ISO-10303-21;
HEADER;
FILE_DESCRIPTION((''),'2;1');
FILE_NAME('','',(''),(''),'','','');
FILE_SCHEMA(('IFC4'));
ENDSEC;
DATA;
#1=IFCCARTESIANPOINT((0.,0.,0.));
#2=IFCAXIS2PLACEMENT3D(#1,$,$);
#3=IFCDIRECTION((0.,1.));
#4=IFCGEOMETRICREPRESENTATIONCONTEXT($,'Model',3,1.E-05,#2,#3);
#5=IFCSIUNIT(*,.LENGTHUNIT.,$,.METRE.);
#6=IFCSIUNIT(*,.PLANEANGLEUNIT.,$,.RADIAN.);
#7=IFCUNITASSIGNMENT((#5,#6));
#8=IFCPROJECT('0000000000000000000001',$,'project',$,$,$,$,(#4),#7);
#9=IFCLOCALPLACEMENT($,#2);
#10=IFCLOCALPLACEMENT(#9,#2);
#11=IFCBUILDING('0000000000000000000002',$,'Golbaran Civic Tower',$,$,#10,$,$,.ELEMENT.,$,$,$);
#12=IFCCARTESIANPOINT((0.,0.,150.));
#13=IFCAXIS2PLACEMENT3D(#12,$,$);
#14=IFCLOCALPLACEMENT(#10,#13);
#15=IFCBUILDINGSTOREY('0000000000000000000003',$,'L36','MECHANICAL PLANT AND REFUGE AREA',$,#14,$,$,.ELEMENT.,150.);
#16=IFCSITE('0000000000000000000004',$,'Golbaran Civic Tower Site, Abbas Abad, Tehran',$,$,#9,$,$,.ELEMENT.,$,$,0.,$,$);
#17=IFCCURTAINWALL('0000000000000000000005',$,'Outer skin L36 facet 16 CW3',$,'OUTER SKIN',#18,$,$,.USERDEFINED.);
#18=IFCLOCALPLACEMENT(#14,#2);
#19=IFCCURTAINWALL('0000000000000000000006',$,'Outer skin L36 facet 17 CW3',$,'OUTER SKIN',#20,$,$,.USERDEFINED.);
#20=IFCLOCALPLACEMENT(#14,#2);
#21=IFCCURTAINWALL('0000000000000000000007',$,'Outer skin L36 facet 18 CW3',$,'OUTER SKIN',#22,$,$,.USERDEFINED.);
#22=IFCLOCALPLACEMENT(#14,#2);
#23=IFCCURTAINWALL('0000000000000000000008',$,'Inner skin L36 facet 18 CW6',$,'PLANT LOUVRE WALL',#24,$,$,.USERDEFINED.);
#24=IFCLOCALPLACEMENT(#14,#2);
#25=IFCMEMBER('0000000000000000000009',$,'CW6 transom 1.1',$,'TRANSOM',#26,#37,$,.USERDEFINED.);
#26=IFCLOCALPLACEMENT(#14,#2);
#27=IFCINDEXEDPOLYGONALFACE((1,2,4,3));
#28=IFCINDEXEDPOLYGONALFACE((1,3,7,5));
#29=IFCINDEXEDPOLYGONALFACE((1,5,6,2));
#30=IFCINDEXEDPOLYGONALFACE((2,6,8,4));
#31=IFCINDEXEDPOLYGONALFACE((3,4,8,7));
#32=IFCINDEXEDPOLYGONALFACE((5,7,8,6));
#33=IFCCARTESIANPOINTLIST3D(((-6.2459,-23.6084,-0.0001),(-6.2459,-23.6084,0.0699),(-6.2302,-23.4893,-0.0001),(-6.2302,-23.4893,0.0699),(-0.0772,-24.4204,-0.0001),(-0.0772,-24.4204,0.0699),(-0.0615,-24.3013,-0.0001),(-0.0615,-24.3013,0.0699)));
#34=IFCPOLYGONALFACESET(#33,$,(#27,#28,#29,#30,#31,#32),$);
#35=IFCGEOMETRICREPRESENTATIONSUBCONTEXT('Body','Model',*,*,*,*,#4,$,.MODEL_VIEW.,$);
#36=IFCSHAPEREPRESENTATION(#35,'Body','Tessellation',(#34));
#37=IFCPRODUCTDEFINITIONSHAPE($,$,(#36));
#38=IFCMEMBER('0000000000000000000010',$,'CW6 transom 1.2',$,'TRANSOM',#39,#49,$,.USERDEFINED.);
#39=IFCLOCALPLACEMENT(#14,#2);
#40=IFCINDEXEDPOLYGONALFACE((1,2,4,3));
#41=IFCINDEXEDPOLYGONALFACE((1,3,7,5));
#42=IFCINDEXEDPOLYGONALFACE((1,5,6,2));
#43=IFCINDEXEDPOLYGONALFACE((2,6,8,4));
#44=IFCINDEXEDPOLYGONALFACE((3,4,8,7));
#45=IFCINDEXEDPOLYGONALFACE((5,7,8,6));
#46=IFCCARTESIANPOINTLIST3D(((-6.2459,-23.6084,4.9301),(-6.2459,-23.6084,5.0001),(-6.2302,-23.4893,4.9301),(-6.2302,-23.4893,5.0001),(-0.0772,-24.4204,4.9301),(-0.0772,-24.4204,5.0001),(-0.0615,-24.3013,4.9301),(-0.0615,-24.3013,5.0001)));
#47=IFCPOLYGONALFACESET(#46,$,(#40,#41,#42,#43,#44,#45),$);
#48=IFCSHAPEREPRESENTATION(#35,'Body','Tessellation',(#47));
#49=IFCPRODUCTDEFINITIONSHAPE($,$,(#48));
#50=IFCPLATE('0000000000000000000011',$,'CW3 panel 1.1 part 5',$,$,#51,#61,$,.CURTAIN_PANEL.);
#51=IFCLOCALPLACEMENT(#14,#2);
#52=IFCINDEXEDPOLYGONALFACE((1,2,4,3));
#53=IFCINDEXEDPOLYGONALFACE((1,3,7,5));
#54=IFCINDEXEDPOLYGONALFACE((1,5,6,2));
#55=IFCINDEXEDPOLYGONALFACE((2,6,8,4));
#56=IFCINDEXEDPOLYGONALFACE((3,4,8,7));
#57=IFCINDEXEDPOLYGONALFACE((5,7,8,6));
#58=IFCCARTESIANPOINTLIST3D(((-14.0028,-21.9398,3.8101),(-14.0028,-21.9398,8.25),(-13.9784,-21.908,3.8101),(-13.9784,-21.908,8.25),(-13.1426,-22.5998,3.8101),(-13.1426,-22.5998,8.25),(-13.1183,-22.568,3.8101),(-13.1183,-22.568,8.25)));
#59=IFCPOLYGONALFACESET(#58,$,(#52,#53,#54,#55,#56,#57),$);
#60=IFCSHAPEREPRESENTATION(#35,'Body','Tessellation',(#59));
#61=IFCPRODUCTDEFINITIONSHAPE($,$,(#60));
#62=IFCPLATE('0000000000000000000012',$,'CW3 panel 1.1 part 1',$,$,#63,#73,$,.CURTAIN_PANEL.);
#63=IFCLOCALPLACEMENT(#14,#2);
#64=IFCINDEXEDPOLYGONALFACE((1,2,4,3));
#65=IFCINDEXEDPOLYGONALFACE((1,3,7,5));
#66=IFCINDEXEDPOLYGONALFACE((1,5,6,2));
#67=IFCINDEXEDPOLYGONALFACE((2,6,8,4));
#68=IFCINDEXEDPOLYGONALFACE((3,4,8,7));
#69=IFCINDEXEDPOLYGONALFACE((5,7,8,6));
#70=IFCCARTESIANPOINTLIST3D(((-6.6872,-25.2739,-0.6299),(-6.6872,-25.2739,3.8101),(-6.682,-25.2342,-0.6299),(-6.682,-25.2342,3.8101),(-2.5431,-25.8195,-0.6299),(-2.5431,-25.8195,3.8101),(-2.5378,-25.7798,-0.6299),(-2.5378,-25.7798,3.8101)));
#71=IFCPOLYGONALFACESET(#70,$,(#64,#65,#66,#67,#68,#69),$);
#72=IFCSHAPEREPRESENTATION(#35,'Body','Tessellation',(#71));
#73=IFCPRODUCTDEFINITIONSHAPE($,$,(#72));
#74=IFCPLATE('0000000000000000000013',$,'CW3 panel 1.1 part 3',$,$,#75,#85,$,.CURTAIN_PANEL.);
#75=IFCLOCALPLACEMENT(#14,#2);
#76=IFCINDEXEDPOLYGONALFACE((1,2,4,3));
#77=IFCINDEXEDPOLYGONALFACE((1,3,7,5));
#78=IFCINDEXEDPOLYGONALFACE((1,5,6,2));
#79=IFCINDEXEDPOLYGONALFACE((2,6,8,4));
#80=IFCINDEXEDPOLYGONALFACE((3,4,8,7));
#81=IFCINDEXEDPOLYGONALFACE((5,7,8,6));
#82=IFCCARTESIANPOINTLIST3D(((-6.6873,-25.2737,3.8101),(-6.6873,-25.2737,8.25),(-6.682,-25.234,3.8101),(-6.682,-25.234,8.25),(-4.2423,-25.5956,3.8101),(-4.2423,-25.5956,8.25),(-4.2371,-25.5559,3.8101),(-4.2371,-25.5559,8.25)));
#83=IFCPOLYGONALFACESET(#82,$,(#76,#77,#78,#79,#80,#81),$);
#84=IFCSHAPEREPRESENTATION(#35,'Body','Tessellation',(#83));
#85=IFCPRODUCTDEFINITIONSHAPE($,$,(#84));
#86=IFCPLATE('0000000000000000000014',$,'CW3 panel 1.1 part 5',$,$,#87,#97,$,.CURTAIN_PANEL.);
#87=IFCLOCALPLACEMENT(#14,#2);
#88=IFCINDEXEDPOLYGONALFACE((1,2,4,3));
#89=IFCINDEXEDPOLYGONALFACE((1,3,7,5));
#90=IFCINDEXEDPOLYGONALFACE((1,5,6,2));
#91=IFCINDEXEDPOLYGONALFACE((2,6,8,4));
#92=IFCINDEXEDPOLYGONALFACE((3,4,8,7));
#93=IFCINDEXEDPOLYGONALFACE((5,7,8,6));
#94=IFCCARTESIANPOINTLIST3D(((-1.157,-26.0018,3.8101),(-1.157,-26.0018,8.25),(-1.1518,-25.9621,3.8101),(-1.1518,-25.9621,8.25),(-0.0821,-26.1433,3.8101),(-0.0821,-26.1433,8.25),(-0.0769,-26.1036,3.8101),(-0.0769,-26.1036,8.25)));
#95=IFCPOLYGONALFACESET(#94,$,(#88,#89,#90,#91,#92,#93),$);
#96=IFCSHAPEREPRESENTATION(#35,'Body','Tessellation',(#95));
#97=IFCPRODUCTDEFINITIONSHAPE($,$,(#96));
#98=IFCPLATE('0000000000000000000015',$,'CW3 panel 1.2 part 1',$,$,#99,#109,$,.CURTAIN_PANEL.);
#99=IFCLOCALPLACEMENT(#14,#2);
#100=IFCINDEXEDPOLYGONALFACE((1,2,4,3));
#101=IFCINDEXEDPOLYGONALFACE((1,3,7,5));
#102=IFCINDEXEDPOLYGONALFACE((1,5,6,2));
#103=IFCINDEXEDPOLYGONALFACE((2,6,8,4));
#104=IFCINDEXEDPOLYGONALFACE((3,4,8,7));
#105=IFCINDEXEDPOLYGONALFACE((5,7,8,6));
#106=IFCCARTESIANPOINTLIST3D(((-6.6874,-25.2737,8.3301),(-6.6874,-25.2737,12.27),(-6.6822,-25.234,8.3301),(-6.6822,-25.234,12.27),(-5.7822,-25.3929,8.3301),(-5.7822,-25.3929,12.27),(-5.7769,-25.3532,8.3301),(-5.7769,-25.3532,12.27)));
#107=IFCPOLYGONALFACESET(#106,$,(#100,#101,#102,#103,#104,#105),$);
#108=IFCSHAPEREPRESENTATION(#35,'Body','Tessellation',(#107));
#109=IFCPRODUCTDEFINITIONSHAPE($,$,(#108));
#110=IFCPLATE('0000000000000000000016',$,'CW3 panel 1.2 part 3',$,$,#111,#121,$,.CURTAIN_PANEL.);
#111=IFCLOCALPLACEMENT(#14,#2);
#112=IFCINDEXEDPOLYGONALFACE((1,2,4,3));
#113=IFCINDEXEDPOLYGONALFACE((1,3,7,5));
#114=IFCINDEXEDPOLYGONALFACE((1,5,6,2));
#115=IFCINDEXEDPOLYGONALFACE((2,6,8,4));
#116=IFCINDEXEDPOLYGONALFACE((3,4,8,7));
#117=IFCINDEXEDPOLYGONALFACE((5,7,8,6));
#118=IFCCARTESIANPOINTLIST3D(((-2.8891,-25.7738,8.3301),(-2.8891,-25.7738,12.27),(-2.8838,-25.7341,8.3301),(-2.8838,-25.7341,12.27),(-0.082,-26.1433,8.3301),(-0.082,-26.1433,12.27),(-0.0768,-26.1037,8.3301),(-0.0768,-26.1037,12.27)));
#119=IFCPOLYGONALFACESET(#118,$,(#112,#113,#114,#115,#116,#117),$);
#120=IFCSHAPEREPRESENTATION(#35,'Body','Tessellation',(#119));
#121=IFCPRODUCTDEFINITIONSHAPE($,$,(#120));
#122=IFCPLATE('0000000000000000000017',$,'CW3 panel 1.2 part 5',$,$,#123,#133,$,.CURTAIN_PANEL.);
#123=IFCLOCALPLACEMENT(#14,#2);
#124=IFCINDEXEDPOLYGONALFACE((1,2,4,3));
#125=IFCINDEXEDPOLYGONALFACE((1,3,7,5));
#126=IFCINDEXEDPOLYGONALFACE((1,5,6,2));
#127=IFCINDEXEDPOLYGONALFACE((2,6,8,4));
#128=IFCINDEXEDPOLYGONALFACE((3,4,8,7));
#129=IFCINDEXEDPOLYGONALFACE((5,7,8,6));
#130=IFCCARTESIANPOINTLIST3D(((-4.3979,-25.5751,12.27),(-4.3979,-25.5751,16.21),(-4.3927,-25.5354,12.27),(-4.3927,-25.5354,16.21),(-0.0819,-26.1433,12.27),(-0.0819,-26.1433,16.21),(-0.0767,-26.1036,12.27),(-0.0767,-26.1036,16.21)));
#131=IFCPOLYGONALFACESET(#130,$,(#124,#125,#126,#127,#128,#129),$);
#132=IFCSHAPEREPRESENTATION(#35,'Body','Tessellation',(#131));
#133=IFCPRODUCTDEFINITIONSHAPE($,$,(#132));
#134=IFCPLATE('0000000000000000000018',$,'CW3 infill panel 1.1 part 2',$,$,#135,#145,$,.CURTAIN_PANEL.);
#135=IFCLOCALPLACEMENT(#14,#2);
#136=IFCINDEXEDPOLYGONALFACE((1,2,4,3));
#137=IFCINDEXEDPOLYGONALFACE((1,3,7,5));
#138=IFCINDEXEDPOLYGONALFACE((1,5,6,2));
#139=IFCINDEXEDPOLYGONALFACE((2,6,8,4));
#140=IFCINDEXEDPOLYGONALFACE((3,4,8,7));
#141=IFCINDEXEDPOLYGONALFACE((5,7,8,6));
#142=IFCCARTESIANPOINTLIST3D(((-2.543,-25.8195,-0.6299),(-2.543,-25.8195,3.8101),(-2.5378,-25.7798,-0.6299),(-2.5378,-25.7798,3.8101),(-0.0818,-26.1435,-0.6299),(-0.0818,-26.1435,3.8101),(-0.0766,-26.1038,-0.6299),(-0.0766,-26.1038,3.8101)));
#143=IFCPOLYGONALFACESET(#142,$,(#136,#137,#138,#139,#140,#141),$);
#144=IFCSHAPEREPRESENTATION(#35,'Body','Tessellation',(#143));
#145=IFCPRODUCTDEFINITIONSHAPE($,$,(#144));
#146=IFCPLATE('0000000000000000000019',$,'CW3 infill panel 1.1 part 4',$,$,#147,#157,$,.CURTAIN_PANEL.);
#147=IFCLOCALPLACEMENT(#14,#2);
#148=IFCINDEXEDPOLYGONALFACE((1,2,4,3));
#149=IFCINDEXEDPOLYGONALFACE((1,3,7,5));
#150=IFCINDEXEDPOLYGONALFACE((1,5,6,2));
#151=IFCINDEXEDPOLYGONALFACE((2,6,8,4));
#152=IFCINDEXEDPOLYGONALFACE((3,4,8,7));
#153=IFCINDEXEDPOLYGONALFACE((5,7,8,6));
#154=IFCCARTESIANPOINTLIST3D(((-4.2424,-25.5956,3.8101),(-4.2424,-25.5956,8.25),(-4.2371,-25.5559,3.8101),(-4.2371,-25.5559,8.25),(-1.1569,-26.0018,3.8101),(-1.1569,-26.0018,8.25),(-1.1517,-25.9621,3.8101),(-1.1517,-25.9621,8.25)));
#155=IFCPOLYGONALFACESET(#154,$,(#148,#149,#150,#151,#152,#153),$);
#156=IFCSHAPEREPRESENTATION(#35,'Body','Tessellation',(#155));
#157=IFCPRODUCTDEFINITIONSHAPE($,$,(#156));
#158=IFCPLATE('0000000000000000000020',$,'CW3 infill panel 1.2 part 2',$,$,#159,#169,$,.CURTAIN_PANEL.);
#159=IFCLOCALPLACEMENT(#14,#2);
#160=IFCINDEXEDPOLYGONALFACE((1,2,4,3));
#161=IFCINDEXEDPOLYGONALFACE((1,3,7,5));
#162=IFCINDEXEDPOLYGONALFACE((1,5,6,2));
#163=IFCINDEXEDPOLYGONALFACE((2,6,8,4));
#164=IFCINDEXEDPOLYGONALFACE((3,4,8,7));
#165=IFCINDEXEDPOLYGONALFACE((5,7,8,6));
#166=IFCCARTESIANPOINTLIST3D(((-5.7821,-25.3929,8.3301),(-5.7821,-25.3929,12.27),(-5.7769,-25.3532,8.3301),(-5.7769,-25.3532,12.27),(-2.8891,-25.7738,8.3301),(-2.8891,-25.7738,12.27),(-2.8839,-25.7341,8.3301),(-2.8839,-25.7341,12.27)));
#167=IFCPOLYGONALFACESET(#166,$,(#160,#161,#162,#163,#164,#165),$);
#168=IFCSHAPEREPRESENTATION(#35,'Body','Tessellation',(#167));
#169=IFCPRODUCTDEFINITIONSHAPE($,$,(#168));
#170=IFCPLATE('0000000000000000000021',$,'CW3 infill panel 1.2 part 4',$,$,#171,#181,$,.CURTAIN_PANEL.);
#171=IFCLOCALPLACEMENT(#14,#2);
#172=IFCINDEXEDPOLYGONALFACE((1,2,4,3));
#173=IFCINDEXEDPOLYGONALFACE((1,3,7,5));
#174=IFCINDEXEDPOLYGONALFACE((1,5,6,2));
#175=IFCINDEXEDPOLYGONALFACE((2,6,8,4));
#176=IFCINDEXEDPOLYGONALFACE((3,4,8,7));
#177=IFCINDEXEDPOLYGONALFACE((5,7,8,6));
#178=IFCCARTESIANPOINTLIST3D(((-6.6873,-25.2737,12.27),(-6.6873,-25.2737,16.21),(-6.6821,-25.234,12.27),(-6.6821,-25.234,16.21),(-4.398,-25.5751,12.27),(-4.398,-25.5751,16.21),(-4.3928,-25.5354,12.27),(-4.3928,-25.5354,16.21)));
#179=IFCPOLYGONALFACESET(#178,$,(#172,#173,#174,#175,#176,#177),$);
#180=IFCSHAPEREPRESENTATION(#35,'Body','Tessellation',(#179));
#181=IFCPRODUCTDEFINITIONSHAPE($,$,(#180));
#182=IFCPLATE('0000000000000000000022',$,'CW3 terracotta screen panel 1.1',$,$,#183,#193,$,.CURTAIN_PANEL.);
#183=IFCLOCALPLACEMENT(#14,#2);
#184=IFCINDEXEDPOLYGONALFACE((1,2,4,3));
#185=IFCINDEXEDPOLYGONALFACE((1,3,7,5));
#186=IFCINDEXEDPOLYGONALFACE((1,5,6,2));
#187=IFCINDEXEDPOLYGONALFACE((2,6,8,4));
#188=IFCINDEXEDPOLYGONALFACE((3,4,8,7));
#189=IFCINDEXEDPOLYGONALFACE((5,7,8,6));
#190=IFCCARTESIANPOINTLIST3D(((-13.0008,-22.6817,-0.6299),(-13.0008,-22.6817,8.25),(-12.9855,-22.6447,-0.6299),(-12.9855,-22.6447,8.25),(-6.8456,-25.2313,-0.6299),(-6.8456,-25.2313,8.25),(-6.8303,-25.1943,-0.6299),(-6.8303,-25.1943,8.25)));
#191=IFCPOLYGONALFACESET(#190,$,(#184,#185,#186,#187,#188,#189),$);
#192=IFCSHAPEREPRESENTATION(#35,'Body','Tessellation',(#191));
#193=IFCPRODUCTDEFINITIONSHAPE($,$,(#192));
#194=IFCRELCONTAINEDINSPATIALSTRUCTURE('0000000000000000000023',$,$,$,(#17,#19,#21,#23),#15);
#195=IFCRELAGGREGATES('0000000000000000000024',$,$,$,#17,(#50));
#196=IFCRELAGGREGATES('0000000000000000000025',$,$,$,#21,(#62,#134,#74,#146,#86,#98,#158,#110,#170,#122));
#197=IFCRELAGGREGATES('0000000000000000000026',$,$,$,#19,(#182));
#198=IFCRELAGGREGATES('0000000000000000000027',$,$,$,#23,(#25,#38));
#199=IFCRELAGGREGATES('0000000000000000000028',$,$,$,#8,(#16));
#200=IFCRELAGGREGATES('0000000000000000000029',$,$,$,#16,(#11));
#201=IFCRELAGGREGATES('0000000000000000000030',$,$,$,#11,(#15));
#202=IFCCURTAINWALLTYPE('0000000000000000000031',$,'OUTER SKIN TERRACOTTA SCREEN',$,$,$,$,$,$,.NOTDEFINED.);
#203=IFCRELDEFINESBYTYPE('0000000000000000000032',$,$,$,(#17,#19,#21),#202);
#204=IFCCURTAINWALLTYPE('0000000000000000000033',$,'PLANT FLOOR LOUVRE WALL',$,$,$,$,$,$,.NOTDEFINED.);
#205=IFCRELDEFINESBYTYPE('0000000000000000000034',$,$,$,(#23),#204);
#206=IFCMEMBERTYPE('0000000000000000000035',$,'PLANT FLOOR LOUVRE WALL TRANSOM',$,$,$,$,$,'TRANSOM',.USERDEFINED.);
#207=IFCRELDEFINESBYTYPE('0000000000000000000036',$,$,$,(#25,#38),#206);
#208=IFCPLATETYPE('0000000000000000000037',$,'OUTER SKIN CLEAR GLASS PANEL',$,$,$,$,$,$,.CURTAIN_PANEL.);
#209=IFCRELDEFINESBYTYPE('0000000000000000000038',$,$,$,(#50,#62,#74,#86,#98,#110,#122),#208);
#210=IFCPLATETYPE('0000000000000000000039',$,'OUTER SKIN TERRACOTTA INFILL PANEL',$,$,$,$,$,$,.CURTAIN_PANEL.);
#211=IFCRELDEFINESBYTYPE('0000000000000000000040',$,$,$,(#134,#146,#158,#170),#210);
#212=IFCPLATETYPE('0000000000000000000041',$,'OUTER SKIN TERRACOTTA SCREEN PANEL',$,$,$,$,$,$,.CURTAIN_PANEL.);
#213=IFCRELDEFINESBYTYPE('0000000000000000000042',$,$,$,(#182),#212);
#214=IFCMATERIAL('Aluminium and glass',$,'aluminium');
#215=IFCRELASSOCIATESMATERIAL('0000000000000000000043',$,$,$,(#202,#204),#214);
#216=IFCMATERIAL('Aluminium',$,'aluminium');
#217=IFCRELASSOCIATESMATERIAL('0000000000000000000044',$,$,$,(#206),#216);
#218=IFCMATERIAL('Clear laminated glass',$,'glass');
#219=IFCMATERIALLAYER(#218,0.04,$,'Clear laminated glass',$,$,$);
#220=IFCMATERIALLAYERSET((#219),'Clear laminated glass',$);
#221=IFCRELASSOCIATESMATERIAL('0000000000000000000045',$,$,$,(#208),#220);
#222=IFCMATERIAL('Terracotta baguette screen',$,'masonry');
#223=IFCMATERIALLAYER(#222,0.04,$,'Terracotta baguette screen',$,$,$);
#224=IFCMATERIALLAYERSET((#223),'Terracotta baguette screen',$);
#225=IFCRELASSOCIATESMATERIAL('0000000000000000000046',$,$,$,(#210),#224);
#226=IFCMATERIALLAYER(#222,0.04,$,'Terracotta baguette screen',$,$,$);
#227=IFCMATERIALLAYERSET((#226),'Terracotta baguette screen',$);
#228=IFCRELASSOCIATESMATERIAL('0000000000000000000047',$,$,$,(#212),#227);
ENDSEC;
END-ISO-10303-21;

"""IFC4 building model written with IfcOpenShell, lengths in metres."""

from ifc_helpers import new_model, si_unit, direction, frame, origin, origin_2d, place, context, subcontext, project, spatial, rectangle, extrude, material, layer, layer_set, material_profile, profile_set, type_object, element, aggregate, save


model = new_model("IFC4")

# Units and contexts
model_context = context("Model", 3, precision=1e-05, world=origin(), true_north=direction((0.0, 1.0)))
body_context = subcontext(model_context, "Body", "Model", "MODEL_VIEW")
ifc_project = project(units=[si_unit("LENGTHUNIT", "METRE"), si_unit("PLANEANGLEUNIT", "RADIAN")], contexts=[model_context])

# Site, building, storey
site_placement = place(None, origin())
site = spatial("IfcSite", under=ifc_project, at=site_placement, Name="Golbaran Civic Tower Site, Abbas Abad, Tehran", CompositionType="ELEMENT", RefElevation=0.0)
building_placement = place(site_placement, origin())
building = spatial("IfcBuilding", under=site, at=building_placement, Name="Golbaran Civic Tower", CompositionType="ELEMENT")
storey_placement = place(building_placement, frame((0.0, 0.0, 150.0)))
storey = spatial("IfcBuildingStorey", under=building, at=storey_placement, Name="L36", Description="MECHANICAL PLANT AND REFUGE AREA", CompositionType="ELEMENT", Elevation=150.0)

# Curtain wall
ifc_material_1 = material(Name="Aluminium and glass", Category="aluminium")
curtain_wall_type_1 = type_object("IfcCurtainWallType", Name="OUTER SKIN TERRACOTTA SCREEN", PredefinedType="NOTDEFINED", material=ifc_material_1)
curtain_wall_1_placement = place(storey_placement, origin())
curtain_wall_1 = element("IfcCurtainWall", 1, at=curtain_wall_1_placement, inside=storey, type_object=curtain_wall_type_1, Name="Outer skin L36 facet 16 CW3", ObjectType="OUTER SKIN", PredefinedType="USERDEFINED")
ifc_material_2 = material(Name="Aluminium", Category="aluminium")

# Curtain walls
curtain_wall_2_placement = place(storey_placement, origin())
curtain_wall_2 = element("IfcCurtainWall", 2, at=curtain_wall_2_placement, inside=storey, type_object=curtain_wall_type_1, Name="Outer skin L36 facet 17 CW3", ObjectType="OUTER SKIN", PredefinedType="USERDEFINED")
curtain_wall_3_placement = place(storey_placement, origin())
curtain_wall_3 = element("IfcCurtainWall", 3, at=curtain_wall_3_placement, inside=storey, type_object=curtain_wall_type_1, Name="Outer skin L36 facet 18 CW3", ObjectType="OUTER SKIN", PredefinedType="USERDEFINED")

# Shared definitions
curtain_wall_type_2 = type_object("IfcCurtainWallType", Name="PLANT FLOOR LOUVRE WALL", PredefinedType="NOTDEFINED", material=ifc_material_1)

# Curtain wall, members
curtain_wall_4_placement = place(storey_placement, origin())
curtain_wall_4 = element("IfcCurtainWall", 4, at=curtain_wall_4_placement, inside=storey, type_object=curtain_wall_type_2, Name="Inner skin L36 facet 18 CW6", ObjectType="PLANT LOUVRE WALL", PredefinedType="USERDEFINED")
ifc_material_profile_1 = material_profile(ifc_material_2, rectangle(XDim=0.1201, YDim=0.0701, at=origin_2d()), Name="PLANT FLOOR LOUVRE WALL TRANSOM")
ifc_profile_set_1 = profile_set([ifc_material_profile_1], Name="Aluminium")
member_type_1 = type_object("IfcMemberType", Name="PLANT FLOOR LOUVRE WALL TRANSOM", ElementType="TRANSOM", PredefinedType="USERDEFINED", material=ifc_profile_set_1)
member_1_placement = place(storey_placement, frame((-6.238, -23.5488, 0.0349), z_axis=(0.991447, -0.130508, 0.0), x_axis=(0.130508, 0.991447, 0.0)))
member_1 = element("IfcMember", 5, at=member_1_placement, type_object=member_type_1, Name="CW6 transom 1.1", ObjectType="TRANSOM", PredefinedType="USERDEFINED", context=body_context, shape_type="SweptSolid", body=[
    extrude(rectangle(XDim=0.1201, YDim=0.0701, at=origin_2d()), origin(), (0.0, 0.0, 1.0), 6.2219),
])
member_2_placement = place(storey_placement, frame((-6.238, -23.5488, 4.9651), z_axis=(0.991447, -0.130508, 0.0), x_axis=(0.130508, 0.991447, 0.0)))
member_2 = element("IfcMember", 6, at=member_2_placement, type_object=member_type_1, Name="CW6 transom 1.2", ObjectType="TRANSOM", PredefinedType="USERDEFINED", context=body_context, shape_type="SweptSolid", body=[
    extrude(rectangle(XDim=0.1201, YDim=0.0701, at=origin_2d()), origin(), (0.0, 0.0, 1.0), 6.2219),
])

# Plates
ifc_material_3 = material(Name="Clear laminated glass", Category="glass")
ifc_layer_1 = layer(ifc_material_3, 0.04, Name="Clear laminated glass")
ifc_layer_set_1 = layer_set([ifc_layer_1], Name="Clear laminated glass")
plate_type_1 = type_object("IfcPlateType", Name="OUTER SKIN CLEAR GLASS PANEL", PredefinedType="CURTAIN_PANEL", material=ifc_layer_set_1)
plate_1_placement = place(storey_placement, frame((-13.5605, -22.2539, 3.8101), z_axis=(0.0, 0.0, 1.0), x_axis=(0.793353, -0.608761, 0.0)))
plate_1 = element("IfcPlate", 7, at=plate_1_placement, type_object=plate_type_1, Name="CW3 panel 1.1 part 5", PredefinedType="CURTAIN_PANEL", context=body_context, shape_type="SweptSolid", body=[
    extrude(rectangle(XDim=1.0842, YDim=0.04, at=origin_2d()), origin(), (0.0, 0.0, 1.0), 4.4399),
])
aggregate(curtain_wall_1, [plate_1])
plate_2_placement = place(storey_placement, frame((-4.6125, -25.5269, -0.6299), z_axis=(0.0, 0.0, 1.0), x_axis=(0.991445, -0.130526, 0.0)))
plate_2 = element("IfcPlate", 8, at=plate_2_placement, type_object=plate_type_1, Name="CW3 panel 1.1 part 1", PredefinedType="CURTAIN_PANEL", context=body_context, shape_type="SweptSolid", body=[
    extrude(rectangle(XDim=4.1799, YDim=0.04, at=origin_2d()), origin(), (0.0, 0.0, 1.0), 4.4399),
])
plate_3_placement = place(storey_placement, frame((-5.4622, -25.4148, 3.8101), z_axis=(0.0, 0.0, 1.0), x_axis=(0.991445, -0.130526, 0.0)))
plate_3 = element("IfcPlate", 9, at=plate_3_placement, type_object=plate_type_1, Name="CW3 panel 1.1 part 3", PredefinedType="CURTAIN_PANEL", context=body_context, shape_type="SweptSolid", body=[
    extrude(rectangle(XDim=2.4661, YDim=0.04, at=origin_2d()), origin(), (0.0, 0.0, 1.0), 4.4399),
])
plate_4_placement = place(storey_placement, frame((-0.6169, -26.0527, 3.8101), z_axis=(0.0, 0.0, 1.0), x_axis=(0.991445, -0.130526, 0.0)))
plate_4 = element("IfcPlate", 10, at=plate_4_placement, type_object=plate_type_1, Name="CW3 panel 1.1 part 5", PredefinedType="CURTAIN_PANEL", context=body_context, shape_type="SweptSolid", body=[
    extrude(rectangle(XDim=1.0842, YDim=0.04, at=origin_2d()), origin(), (0.0, 0.0, 1.0), 4.4399),
])
plate_5_placement = place(storey_placement, frame((-6.2322, -25.3135, 8.3301), z_axis=(0.0, 0.0, 1.0), x_axis=(0.991445, -0.130526, 0.0)))
plate_5 = element("IfcPlate", 11, at=plate_5_placement, type_object=plate_type_1, Name="CW3 panel 1.2 part 1", PredefinedType="CURTAIN_PANEL", context=body_context, shape_type="SweptSolid", body=[
    extrude(rectangle(XDim=0.9131, YDim=0.04, at=origin_2d()), origin(), (0.0, 0.0, 1.0), 3.9399),
])
plate_6_placement = place(storey_placement, frame((-1.4829, -25.9387, 8.3301), z_axis=(0.0, 0.0, 1.0), x_axis=(0.991445, -0.130526, 0.0)))
plate_6 = element("IfcPlate", 12, at=plate_6_placement, type_object=plate_type_1, Name="CW3 panel 1.2 part 3", PredefinedType="CURTAIN_PANEL", context=body_context, shape_type="SweptSolid", body=[
    extrude(rectangle(XDim=2.8313, YDim=0.04, at=origin_2d()), origin(), (0.0, 0.0, 1.0), 3.9399),
])
plate_7_placement = place(storey_placement, frame((-2.2373, -25.8394, 12.27), z_axis=(0.0, 0.0, 1.0), x_axis=(0.991445, -0.130526, 0.0)))
plate_7 = element("IfcPlate", 13, at=plate_7_placement, type_object=plate_type_1, Name="CW3 panel 1.2 part 5", PredefinedType="CURTAIN_PANEL", context=body_context, shape_type="SweptSolid", body=[
    extrude(rectangle(XDim=4.3533, YDim=0.04, at=origin_2d()), origin(), (0.0, 0.0, 1.0), 3.9399),
])
ifc_material_4 = material(Name="Terracotta baguette screen", Category="masonry")
ifc_layer_2 = layer(ifc_material_4, 0.04, Name="Terracotta baguette screen")
ifc_layer_set_2 = layer_set([ifc_layer_2], Name="Terracotta baguette screen")
plate_type_2 = type_object("IfcPlateType", Name="OUTER SKIN TERRACOTTA INFILL PANEL", PredefinedType="CURTAIN_PANEL", material=ifc_layer_set_2)
plate_8_placement = place(storey_placement, frame((-1.3098, -25.9617, -0.6299), z_axis=(0.0, 0.0, 1.0), x_axis=(0.991445, -0.130526, 0.0)))
plate_8 = element("IfcPlate", 14, at=plate_8_placement, type_object=plate_type_2, Name="CW3 infill panel 1.1 part 2", PredefinedType="CURTAIN_PANEL", context=body_context, shape_type="SweptSolid", body=[
    extrude(rectangle(XDim=2.4824, YDim=0.04, at=origin_2d()), origin(), (0.0, 0.0, 1.0), 4.4399),
])
plate_9_placement = place(storey_placement, frame((-2.697, -25.7788, 3.8101), z_axis=(0.0, 0.0, 1.0), x_axis=(0.991445, -0.130526, 0.0)))
plate_9 = element("IfcPlate", 15, at=plate_9_placement, type_object=plate_type_2, Name="CW3 infill panel 1.1 part 4", PredefinedType="CURTAIN_PANEL", context=body_context, shape_type="SweptSolid", body=[
    extrude(rectangle(XDim=3.1121, YDim=0.04, at=origin_2d()), origin(), (0.0, 0.0, 1.0), 4.4399),
])
plate_10_placement = place(storey_placement, frame((-4.333, -25.5635, 8.3301), z_axis=(0.0, 0.0, 1.0), x_axis=(0.991445, -0.130526, 0.0)))
plate_10 = element("IfcPlate", 16, at=plate_10_placement, type_object=plate_type_2, Name="CW3 infill panel 1.2 part 2", PredefinedType="CURTAIN_PANEL", context=body_context, shape_type="SweptSolid", body=[
    extrude(rectangle(XDim=2.918, YDim=0.04, at=origin_2d()), origin(), (0.0, 0.0, 1.0), 3.9399),
])
plate_11_placement = place(storey_placement, frame((-5.54, -25.4045, 12.27), z_axis=(0.0, 0.0, 1.0), x_axis=(0.991445, -0.130526, 0.0)))
plate_11 = element("IfcPlate", 17, at=plate_11_placement, type_object=plate_type_2, Name="CW3 infill panel 1.2 part 4", PredefinedType="CURTAIN_PANEL", context=body_context, shape_type="SweptSolid", body=[
    extrude(rectangle(XDim=2.3091, YDim=0.04, at=origin_2d()), origin(), (0.0, 0.0, 1.0), 3.9399),
])
aggregate(curtain_wall_3, [plate_2, plate_8, plate_3, plate_9, plate_4, plate_5, plate_10, plate_6, plate_11, plate_7])
ifc_layer_3 = layer(ifc_material_4, 0.04, Name="Terracotta baguette screen")
ifc_layer_set_3 = layer_set([ifc_layer_3], Name="Terracotta baguette screen")
plate_type_3 = type_object("IfcPlateType", Name="OUTER SKIN TERRACOTTA SCREEN PANEL", PredefinedType="CURTAIN_PANEL", material=ifc_layer_set_3)
plate_12_placement = place(storey_placement, frame((-9.9155, -23.938, -0.6299), z_axis=(0.0, 0.0, 1.0), x_axis=(0.92388, -0.382683, 0.0)))
plate_12 = element("IfcPlate", 18, at=plate_12_placement, type_object=plate_type_3, Name="CW3 terracotta screen panel 1.1", PredefinedType="CURTAIN_PANEL", context=body_context, shape_type="SweptSolid", body=[
    extrude(rectangle(XDim=6.6624, YDim=0.04, at=origin_2d()), origin(), (0.0, 0.0, 1.0), 8.8799),
])
aggregate(curtain_wall_2, [plate_12])
aggregate(curtain_wall_4, [member_1, member_2])

save(model, "model.ifc")
